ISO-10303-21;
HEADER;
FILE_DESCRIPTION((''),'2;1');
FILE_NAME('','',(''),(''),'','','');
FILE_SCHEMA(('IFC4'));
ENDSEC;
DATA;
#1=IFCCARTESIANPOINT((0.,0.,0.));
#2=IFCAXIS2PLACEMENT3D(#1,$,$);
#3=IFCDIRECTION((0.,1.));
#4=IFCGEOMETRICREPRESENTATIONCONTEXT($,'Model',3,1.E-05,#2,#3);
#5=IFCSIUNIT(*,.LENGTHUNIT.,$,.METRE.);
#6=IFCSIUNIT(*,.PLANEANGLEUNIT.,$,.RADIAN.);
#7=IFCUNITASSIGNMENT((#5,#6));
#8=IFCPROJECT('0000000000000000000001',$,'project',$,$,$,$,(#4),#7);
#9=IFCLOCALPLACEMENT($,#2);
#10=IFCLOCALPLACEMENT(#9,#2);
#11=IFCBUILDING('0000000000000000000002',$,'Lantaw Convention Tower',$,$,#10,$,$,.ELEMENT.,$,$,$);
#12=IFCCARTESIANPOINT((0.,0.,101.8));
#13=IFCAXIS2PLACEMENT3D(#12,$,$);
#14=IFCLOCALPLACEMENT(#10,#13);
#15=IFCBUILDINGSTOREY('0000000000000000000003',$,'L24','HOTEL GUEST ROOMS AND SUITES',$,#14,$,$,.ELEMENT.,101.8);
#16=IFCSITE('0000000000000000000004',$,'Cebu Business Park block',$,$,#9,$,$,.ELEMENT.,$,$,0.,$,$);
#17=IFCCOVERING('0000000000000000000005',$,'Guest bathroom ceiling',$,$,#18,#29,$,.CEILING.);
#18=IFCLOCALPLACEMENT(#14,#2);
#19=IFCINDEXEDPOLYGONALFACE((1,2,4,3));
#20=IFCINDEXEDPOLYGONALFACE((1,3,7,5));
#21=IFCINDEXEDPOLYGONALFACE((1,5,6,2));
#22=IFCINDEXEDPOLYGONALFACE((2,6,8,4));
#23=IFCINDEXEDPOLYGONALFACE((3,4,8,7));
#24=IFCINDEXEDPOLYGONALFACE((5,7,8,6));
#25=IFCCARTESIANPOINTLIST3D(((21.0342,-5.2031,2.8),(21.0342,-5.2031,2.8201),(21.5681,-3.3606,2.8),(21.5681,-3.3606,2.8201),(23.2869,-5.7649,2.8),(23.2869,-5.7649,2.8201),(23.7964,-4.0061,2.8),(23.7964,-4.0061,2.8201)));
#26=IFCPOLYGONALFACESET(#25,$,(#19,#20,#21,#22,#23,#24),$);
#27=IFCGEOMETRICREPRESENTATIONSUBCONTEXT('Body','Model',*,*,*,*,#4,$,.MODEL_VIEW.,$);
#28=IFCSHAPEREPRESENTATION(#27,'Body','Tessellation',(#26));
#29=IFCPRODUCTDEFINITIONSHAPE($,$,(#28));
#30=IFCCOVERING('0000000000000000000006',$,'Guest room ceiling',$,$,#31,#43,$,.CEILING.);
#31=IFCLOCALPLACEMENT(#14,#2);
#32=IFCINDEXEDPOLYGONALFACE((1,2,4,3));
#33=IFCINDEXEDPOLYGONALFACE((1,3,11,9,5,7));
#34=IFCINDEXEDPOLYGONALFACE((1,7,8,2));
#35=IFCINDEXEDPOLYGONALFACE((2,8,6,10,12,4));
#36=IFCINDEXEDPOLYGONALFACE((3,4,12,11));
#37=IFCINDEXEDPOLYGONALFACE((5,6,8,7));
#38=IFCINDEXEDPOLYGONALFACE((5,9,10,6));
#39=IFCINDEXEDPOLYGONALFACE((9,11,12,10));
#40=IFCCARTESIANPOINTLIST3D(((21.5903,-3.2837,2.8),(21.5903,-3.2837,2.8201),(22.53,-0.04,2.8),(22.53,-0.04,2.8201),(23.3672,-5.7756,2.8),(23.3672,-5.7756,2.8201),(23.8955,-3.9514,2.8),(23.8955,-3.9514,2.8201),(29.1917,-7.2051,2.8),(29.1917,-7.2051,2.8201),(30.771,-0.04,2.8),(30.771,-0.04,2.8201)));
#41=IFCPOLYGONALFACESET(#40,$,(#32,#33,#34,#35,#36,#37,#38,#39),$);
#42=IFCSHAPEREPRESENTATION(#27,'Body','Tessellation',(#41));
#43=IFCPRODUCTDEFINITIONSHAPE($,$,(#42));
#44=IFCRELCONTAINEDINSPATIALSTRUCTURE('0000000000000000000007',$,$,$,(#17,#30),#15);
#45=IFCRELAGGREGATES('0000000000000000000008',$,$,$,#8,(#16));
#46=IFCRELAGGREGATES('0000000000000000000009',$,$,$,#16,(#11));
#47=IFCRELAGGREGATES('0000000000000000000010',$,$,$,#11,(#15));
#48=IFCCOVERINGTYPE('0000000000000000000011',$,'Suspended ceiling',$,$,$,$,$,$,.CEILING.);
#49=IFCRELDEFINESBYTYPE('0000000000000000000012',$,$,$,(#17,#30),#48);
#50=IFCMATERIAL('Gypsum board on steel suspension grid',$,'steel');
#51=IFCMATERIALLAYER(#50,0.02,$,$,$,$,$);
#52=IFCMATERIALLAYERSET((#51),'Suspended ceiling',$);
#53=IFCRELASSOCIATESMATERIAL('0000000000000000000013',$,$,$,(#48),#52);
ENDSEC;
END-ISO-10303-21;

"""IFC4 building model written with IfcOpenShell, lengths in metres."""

from ifc_helpers import new_model, si_unit, direction, frame, origin, place, context, subcontext, project, spatial, polyline, outline, extrude, material, layer, layer_set, type_object, element, save


model = new_model("IFC4")

# Units and contexts
model_context = context("Model", 3, precision=1e-05, world=origin(), true_north=direction((0.0, 1.0)))
body_context = subcontext(model_context, "Body", "Model", "MODEL_VIEW")
ifc_project = project(units=[si_unit("LENGTHUNIT", "METRE"), si_unit("PLANEANGLEUNIT", "RADIAN")], contexts=[model_context])

# Site, building, storey
site_placement = place(None, origin())
site = spatial("IfcSite", under=ifc_project, at=site_placement, Name="Cebu Business Park block", CompositionType="ELEMENT", RefElevation=0.0)
building_placement = place(site_placement, origin())
building = spatial("IfcBuilding", under=site, at=building_placement, Name="Lantaw Convention Tower", CompositionType="ELEMENT")
storey_placement = place(building_placement, frame((0.0, 0.0, 101.8)))
storey = spatial("IfcBuildingStorey", under=building, at=storey_placement, Name="L24", Description="HOTEL GUEST ROOMS AND SUITES", CompositionType="ELEMENT", Elevation=101.8)

# Coverings
ifc_material_1 = material(Name="Gypsum board on steel suspension grid", Category="steel")
ifc_layer_1 = layer(ifc_material_1, 0.02)
ifc_layer_set_1 = layer_set([ifc_layer_1], Name="Suspended ceiling")
covering_type = type_object("IfcCoveringType", Name="Suspended ceiling", PredefinedType="CEILING", material=ifc_layer_set_1)
covering_1_placement = place(storey_placement, frame((0.0, 0.0, 2.8)))
element("IfcCovering", 1, at=covering_1_placement, inside=storey, type_object=covering_type, Name="Guest bathroom ceiling", PredefinedType="CEILING", context=body_context, shape_type="SweptSolid", body=[
    extrude(outline(polyline([(21.0342, -5.2031), (23.2869, -5.7649), (23.7964, -4.0061), (21.5681, -3.3606), (21.0342, -5.2031)])), origin(), (0.0, 0.0, 1.0), 0.02),
])
covering_2_placement = place(storey_placement, frame((0.0, 0.0, 2.8)))
element("IfcCovering", 2, at=covering_2_placement, inside=storey, type_object=covering_type, Name="Guest room ceiling", PredefinedType="CEILING", context=body_context, shape_type="SweptSolid", body=[
    extrude(outline(polyline([(22.53, -0.04), (21.5903, -3.2837), (23.8955, -3.9514), (23.3672, -5.7756), (29.1917, -7.2051), (30.771, -0.04), (22.53, -0.04)])), origin(), (0.0, 0.0, 1.0), 0.02),
])

save(model, "model.ifc")
